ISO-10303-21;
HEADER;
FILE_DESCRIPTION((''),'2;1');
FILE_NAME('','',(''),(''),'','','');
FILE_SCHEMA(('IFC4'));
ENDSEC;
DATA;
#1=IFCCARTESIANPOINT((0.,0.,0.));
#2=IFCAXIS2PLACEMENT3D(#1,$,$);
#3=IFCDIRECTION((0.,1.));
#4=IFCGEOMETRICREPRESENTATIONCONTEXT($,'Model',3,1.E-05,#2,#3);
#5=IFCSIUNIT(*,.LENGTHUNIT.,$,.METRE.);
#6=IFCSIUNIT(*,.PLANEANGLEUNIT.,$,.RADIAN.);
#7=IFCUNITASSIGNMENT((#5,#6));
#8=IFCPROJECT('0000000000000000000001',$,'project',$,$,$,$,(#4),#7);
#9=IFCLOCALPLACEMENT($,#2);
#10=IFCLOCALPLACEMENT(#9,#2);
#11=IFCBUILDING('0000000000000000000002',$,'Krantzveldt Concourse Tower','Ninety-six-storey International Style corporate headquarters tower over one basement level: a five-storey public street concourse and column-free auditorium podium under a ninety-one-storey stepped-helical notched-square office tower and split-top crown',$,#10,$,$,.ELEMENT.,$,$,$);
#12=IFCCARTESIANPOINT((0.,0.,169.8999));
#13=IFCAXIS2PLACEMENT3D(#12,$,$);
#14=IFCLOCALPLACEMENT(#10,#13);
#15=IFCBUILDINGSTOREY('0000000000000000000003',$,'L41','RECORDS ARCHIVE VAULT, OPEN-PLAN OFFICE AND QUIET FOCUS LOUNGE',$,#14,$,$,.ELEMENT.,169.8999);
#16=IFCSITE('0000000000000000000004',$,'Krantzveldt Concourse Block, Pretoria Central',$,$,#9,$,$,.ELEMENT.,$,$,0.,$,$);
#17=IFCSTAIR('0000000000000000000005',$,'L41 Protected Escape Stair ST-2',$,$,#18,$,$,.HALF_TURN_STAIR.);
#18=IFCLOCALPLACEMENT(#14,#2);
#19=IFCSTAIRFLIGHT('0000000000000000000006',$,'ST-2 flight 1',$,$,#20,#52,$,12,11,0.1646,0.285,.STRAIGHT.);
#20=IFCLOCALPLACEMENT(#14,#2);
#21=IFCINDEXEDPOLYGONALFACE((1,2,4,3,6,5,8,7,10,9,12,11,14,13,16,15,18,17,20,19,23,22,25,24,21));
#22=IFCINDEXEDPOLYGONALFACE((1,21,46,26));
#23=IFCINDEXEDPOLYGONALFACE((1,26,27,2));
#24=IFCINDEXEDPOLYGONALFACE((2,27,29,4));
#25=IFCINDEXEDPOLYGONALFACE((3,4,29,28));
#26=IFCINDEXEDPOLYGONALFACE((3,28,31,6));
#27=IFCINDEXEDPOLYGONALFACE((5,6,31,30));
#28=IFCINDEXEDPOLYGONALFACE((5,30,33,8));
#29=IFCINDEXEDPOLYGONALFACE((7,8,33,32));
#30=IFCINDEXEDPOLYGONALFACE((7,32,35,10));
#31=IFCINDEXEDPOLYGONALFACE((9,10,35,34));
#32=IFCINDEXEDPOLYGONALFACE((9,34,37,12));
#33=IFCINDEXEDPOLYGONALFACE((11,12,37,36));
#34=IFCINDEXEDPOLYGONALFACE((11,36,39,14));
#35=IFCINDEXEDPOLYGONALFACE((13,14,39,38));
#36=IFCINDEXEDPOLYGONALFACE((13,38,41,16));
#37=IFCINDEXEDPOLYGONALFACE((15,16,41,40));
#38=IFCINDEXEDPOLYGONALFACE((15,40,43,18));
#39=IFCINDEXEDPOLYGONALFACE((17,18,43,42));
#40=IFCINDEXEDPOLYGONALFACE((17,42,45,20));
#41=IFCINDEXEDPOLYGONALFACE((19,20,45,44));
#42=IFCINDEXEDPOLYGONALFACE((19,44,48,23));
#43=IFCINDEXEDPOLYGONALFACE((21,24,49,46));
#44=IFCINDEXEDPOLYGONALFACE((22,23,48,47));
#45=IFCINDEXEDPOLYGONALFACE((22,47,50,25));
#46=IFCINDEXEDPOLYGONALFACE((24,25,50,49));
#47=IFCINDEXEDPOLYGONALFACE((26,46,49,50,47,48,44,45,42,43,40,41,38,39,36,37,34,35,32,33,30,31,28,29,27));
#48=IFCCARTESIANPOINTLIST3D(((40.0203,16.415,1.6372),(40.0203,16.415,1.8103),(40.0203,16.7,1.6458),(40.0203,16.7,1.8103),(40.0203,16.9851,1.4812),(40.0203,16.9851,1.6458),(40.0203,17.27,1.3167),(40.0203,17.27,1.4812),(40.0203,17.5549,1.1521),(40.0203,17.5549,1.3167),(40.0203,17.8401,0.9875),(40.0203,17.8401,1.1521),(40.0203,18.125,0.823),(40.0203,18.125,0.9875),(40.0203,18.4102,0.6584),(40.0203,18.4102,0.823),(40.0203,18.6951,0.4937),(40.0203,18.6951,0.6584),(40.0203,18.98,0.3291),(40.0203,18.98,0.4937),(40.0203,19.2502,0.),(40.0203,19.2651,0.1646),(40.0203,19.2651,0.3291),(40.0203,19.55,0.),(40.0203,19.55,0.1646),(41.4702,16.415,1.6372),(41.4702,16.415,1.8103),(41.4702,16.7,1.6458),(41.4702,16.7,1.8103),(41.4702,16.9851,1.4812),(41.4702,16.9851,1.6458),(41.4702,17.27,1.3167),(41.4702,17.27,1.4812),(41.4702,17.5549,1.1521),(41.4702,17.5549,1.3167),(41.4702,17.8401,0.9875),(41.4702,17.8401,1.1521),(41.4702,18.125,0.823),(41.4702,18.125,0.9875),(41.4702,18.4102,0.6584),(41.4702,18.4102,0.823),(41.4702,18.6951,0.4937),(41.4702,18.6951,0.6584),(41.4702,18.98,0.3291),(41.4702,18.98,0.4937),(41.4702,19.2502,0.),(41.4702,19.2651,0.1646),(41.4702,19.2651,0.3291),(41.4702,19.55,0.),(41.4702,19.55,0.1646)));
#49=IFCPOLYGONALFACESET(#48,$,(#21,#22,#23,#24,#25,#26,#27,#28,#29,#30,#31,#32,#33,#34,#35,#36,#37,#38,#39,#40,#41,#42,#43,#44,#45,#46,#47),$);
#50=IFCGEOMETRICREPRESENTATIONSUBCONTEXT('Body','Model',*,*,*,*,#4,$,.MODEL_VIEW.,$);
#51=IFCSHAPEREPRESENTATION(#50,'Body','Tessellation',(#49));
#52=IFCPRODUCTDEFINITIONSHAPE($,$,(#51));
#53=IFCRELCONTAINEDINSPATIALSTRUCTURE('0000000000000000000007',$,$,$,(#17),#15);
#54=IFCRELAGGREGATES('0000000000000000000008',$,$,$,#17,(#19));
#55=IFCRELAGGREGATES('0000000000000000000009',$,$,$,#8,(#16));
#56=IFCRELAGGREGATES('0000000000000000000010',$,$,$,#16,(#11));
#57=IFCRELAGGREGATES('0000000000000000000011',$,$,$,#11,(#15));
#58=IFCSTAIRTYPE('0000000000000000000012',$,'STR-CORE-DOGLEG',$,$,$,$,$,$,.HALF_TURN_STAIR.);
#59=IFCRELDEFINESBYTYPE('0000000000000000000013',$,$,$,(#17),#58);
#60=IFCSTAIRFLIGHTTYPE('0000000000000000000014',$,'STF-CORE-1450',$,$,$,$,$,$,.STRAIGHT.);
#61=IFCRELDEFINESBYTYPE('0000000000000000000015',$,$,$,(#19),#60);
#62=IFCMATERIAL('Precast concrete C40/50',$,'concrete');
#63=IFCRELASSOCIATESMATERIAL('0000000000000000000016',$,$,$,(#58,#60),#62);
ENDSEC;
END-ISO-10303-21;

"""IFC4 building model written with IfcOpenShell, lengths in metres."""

from ifc_helpers import new_model, si_unit, direction, frame, origin, place, context, subcontext, project, spatial, polyline, outline, extrude, material, type_object, element, aggregate, save


model = new_model("IFC4")

# Units and contexts
model_context = context("Model", 3, precision=1e-05, world=origin(), true_north=direction((0.0, 1.0)))
body_context = subcontext(model_context, "Body", "Model", "MODEL_VIEW")
ifc_project = project(units=[si_unit("LENGTHUNIT", "METRE"), si_unit("PLANEANGLEUNIT", "RADIAN")], contexts=[model_context])

# Site, building, storey
site_placement = place(None, origin())
site = spatial("IfcSite", under=ifc_project, at=site_placement, Name="Krantzveldt Concourse Block, Pretoria Central", CompositionType="ELEMENT", RefElevation=0.0)
building_placement = place(site_placement, origin())
building = spatial("IfcBuilding", under=site, at=building_placement, Name="Krantzveldt Concourse Tower", Description="Ninety-six-storey International Style corporate headquarters tower over one basement level: a five-storey public street concourse and column-free auditorium podium under a ninety-one-storey stepped-helical notched-square office tower and split-top crown", CompositionType="ELEMENT")
storey_placement = place(building_placement, frame((0.0, 0.0, 169.8999)))
storey = spatial("IfcBuildingStorey", under=building, at=storey_placement, Name="L41", Description="RECORDS ARCHIVE VAULT, OPEN-PLAN OFFICE AND QUIET FOCUS LOUNGE", CompositionType="ELEMENT", Elevation=169.8999)

# Stair, stair flight
ifc_material_1 = material(Name="Precast concrete C40/50", Category="concrete")
stair_type = type_object("IfcStairType", Name="STR-CORE-DOGLEG", PredefinedType="HALF_TURN_STAIR", material=ifc_material_1)
stair_placement = place(storey_placement, origin())
stair = element("IfcStair", 1, at=stair_placement, inside=storey, type_object=stair_type, Name="L41 Protected Escape Stair ST-2", PredefinedType="HALF_TURN_STAIR")
stair_flight_type = type_object("IfcStairFlightType", Name="STF-CORE-1450", PredefinedType="STRAIGHT", material=ifc_material_1)
stair_flight_placement = place(storey_placement, frame((40.7451, 19.55, 0.0), z_axis=(0.0, 0.0, 1.0), x_axis=(0.0, -1.0, 0.0)))
stair_flight = element("IfcStairFlight", 2, at=stair_flight_placement, type_object=stair_flight_type, Name="ST-2 flight 1", NumberOfRisers=12, NumberOfTreads=11, PredefinedType="STRAIGHT", RiserHeight=0.1646, TreadLength=0.285, context=body_context, shape_type="SweptSolid", body=[
    extrude(outline(polyline([(0.0, 0.0), (0.0, 0.1646), (0.2849, 0.1646), (0.2849, 0.3291), (0.5701, 0.3291), (0.5701, 0.4937), (0.855, 0.4937), (0.855, 0.6584), (1.1399, 0.6584), (1.1399, 0.823), (1.425, 0.823), (1.425, 0.9875), (1.71, 0.9875), (1.71, 1.1521), (1.9951, 1.1521), (1.9951, 1.3167), (2.28, 1.3167), (2.28, 1.4812), (2.5649, 1.4812), (2.5649, 1.6458), (2.8501, 1.6458), (2.8501, 1.8103), (3.135, 1.8103), (3.135, 1.9751), (3.135, 1.6372), (0.2998, 0.0), (0.0, 0.0)])), frame((0.0, 0.7251, 0.0), z_axis=(0.0, -1.0, 0.0), x_axis=(1.0, 0.0, 0.0)), (0.0, 0.0, 1.0), 1.45),
])
aggregate(stair, [stair_flight])

save(model, "model.ifc")
